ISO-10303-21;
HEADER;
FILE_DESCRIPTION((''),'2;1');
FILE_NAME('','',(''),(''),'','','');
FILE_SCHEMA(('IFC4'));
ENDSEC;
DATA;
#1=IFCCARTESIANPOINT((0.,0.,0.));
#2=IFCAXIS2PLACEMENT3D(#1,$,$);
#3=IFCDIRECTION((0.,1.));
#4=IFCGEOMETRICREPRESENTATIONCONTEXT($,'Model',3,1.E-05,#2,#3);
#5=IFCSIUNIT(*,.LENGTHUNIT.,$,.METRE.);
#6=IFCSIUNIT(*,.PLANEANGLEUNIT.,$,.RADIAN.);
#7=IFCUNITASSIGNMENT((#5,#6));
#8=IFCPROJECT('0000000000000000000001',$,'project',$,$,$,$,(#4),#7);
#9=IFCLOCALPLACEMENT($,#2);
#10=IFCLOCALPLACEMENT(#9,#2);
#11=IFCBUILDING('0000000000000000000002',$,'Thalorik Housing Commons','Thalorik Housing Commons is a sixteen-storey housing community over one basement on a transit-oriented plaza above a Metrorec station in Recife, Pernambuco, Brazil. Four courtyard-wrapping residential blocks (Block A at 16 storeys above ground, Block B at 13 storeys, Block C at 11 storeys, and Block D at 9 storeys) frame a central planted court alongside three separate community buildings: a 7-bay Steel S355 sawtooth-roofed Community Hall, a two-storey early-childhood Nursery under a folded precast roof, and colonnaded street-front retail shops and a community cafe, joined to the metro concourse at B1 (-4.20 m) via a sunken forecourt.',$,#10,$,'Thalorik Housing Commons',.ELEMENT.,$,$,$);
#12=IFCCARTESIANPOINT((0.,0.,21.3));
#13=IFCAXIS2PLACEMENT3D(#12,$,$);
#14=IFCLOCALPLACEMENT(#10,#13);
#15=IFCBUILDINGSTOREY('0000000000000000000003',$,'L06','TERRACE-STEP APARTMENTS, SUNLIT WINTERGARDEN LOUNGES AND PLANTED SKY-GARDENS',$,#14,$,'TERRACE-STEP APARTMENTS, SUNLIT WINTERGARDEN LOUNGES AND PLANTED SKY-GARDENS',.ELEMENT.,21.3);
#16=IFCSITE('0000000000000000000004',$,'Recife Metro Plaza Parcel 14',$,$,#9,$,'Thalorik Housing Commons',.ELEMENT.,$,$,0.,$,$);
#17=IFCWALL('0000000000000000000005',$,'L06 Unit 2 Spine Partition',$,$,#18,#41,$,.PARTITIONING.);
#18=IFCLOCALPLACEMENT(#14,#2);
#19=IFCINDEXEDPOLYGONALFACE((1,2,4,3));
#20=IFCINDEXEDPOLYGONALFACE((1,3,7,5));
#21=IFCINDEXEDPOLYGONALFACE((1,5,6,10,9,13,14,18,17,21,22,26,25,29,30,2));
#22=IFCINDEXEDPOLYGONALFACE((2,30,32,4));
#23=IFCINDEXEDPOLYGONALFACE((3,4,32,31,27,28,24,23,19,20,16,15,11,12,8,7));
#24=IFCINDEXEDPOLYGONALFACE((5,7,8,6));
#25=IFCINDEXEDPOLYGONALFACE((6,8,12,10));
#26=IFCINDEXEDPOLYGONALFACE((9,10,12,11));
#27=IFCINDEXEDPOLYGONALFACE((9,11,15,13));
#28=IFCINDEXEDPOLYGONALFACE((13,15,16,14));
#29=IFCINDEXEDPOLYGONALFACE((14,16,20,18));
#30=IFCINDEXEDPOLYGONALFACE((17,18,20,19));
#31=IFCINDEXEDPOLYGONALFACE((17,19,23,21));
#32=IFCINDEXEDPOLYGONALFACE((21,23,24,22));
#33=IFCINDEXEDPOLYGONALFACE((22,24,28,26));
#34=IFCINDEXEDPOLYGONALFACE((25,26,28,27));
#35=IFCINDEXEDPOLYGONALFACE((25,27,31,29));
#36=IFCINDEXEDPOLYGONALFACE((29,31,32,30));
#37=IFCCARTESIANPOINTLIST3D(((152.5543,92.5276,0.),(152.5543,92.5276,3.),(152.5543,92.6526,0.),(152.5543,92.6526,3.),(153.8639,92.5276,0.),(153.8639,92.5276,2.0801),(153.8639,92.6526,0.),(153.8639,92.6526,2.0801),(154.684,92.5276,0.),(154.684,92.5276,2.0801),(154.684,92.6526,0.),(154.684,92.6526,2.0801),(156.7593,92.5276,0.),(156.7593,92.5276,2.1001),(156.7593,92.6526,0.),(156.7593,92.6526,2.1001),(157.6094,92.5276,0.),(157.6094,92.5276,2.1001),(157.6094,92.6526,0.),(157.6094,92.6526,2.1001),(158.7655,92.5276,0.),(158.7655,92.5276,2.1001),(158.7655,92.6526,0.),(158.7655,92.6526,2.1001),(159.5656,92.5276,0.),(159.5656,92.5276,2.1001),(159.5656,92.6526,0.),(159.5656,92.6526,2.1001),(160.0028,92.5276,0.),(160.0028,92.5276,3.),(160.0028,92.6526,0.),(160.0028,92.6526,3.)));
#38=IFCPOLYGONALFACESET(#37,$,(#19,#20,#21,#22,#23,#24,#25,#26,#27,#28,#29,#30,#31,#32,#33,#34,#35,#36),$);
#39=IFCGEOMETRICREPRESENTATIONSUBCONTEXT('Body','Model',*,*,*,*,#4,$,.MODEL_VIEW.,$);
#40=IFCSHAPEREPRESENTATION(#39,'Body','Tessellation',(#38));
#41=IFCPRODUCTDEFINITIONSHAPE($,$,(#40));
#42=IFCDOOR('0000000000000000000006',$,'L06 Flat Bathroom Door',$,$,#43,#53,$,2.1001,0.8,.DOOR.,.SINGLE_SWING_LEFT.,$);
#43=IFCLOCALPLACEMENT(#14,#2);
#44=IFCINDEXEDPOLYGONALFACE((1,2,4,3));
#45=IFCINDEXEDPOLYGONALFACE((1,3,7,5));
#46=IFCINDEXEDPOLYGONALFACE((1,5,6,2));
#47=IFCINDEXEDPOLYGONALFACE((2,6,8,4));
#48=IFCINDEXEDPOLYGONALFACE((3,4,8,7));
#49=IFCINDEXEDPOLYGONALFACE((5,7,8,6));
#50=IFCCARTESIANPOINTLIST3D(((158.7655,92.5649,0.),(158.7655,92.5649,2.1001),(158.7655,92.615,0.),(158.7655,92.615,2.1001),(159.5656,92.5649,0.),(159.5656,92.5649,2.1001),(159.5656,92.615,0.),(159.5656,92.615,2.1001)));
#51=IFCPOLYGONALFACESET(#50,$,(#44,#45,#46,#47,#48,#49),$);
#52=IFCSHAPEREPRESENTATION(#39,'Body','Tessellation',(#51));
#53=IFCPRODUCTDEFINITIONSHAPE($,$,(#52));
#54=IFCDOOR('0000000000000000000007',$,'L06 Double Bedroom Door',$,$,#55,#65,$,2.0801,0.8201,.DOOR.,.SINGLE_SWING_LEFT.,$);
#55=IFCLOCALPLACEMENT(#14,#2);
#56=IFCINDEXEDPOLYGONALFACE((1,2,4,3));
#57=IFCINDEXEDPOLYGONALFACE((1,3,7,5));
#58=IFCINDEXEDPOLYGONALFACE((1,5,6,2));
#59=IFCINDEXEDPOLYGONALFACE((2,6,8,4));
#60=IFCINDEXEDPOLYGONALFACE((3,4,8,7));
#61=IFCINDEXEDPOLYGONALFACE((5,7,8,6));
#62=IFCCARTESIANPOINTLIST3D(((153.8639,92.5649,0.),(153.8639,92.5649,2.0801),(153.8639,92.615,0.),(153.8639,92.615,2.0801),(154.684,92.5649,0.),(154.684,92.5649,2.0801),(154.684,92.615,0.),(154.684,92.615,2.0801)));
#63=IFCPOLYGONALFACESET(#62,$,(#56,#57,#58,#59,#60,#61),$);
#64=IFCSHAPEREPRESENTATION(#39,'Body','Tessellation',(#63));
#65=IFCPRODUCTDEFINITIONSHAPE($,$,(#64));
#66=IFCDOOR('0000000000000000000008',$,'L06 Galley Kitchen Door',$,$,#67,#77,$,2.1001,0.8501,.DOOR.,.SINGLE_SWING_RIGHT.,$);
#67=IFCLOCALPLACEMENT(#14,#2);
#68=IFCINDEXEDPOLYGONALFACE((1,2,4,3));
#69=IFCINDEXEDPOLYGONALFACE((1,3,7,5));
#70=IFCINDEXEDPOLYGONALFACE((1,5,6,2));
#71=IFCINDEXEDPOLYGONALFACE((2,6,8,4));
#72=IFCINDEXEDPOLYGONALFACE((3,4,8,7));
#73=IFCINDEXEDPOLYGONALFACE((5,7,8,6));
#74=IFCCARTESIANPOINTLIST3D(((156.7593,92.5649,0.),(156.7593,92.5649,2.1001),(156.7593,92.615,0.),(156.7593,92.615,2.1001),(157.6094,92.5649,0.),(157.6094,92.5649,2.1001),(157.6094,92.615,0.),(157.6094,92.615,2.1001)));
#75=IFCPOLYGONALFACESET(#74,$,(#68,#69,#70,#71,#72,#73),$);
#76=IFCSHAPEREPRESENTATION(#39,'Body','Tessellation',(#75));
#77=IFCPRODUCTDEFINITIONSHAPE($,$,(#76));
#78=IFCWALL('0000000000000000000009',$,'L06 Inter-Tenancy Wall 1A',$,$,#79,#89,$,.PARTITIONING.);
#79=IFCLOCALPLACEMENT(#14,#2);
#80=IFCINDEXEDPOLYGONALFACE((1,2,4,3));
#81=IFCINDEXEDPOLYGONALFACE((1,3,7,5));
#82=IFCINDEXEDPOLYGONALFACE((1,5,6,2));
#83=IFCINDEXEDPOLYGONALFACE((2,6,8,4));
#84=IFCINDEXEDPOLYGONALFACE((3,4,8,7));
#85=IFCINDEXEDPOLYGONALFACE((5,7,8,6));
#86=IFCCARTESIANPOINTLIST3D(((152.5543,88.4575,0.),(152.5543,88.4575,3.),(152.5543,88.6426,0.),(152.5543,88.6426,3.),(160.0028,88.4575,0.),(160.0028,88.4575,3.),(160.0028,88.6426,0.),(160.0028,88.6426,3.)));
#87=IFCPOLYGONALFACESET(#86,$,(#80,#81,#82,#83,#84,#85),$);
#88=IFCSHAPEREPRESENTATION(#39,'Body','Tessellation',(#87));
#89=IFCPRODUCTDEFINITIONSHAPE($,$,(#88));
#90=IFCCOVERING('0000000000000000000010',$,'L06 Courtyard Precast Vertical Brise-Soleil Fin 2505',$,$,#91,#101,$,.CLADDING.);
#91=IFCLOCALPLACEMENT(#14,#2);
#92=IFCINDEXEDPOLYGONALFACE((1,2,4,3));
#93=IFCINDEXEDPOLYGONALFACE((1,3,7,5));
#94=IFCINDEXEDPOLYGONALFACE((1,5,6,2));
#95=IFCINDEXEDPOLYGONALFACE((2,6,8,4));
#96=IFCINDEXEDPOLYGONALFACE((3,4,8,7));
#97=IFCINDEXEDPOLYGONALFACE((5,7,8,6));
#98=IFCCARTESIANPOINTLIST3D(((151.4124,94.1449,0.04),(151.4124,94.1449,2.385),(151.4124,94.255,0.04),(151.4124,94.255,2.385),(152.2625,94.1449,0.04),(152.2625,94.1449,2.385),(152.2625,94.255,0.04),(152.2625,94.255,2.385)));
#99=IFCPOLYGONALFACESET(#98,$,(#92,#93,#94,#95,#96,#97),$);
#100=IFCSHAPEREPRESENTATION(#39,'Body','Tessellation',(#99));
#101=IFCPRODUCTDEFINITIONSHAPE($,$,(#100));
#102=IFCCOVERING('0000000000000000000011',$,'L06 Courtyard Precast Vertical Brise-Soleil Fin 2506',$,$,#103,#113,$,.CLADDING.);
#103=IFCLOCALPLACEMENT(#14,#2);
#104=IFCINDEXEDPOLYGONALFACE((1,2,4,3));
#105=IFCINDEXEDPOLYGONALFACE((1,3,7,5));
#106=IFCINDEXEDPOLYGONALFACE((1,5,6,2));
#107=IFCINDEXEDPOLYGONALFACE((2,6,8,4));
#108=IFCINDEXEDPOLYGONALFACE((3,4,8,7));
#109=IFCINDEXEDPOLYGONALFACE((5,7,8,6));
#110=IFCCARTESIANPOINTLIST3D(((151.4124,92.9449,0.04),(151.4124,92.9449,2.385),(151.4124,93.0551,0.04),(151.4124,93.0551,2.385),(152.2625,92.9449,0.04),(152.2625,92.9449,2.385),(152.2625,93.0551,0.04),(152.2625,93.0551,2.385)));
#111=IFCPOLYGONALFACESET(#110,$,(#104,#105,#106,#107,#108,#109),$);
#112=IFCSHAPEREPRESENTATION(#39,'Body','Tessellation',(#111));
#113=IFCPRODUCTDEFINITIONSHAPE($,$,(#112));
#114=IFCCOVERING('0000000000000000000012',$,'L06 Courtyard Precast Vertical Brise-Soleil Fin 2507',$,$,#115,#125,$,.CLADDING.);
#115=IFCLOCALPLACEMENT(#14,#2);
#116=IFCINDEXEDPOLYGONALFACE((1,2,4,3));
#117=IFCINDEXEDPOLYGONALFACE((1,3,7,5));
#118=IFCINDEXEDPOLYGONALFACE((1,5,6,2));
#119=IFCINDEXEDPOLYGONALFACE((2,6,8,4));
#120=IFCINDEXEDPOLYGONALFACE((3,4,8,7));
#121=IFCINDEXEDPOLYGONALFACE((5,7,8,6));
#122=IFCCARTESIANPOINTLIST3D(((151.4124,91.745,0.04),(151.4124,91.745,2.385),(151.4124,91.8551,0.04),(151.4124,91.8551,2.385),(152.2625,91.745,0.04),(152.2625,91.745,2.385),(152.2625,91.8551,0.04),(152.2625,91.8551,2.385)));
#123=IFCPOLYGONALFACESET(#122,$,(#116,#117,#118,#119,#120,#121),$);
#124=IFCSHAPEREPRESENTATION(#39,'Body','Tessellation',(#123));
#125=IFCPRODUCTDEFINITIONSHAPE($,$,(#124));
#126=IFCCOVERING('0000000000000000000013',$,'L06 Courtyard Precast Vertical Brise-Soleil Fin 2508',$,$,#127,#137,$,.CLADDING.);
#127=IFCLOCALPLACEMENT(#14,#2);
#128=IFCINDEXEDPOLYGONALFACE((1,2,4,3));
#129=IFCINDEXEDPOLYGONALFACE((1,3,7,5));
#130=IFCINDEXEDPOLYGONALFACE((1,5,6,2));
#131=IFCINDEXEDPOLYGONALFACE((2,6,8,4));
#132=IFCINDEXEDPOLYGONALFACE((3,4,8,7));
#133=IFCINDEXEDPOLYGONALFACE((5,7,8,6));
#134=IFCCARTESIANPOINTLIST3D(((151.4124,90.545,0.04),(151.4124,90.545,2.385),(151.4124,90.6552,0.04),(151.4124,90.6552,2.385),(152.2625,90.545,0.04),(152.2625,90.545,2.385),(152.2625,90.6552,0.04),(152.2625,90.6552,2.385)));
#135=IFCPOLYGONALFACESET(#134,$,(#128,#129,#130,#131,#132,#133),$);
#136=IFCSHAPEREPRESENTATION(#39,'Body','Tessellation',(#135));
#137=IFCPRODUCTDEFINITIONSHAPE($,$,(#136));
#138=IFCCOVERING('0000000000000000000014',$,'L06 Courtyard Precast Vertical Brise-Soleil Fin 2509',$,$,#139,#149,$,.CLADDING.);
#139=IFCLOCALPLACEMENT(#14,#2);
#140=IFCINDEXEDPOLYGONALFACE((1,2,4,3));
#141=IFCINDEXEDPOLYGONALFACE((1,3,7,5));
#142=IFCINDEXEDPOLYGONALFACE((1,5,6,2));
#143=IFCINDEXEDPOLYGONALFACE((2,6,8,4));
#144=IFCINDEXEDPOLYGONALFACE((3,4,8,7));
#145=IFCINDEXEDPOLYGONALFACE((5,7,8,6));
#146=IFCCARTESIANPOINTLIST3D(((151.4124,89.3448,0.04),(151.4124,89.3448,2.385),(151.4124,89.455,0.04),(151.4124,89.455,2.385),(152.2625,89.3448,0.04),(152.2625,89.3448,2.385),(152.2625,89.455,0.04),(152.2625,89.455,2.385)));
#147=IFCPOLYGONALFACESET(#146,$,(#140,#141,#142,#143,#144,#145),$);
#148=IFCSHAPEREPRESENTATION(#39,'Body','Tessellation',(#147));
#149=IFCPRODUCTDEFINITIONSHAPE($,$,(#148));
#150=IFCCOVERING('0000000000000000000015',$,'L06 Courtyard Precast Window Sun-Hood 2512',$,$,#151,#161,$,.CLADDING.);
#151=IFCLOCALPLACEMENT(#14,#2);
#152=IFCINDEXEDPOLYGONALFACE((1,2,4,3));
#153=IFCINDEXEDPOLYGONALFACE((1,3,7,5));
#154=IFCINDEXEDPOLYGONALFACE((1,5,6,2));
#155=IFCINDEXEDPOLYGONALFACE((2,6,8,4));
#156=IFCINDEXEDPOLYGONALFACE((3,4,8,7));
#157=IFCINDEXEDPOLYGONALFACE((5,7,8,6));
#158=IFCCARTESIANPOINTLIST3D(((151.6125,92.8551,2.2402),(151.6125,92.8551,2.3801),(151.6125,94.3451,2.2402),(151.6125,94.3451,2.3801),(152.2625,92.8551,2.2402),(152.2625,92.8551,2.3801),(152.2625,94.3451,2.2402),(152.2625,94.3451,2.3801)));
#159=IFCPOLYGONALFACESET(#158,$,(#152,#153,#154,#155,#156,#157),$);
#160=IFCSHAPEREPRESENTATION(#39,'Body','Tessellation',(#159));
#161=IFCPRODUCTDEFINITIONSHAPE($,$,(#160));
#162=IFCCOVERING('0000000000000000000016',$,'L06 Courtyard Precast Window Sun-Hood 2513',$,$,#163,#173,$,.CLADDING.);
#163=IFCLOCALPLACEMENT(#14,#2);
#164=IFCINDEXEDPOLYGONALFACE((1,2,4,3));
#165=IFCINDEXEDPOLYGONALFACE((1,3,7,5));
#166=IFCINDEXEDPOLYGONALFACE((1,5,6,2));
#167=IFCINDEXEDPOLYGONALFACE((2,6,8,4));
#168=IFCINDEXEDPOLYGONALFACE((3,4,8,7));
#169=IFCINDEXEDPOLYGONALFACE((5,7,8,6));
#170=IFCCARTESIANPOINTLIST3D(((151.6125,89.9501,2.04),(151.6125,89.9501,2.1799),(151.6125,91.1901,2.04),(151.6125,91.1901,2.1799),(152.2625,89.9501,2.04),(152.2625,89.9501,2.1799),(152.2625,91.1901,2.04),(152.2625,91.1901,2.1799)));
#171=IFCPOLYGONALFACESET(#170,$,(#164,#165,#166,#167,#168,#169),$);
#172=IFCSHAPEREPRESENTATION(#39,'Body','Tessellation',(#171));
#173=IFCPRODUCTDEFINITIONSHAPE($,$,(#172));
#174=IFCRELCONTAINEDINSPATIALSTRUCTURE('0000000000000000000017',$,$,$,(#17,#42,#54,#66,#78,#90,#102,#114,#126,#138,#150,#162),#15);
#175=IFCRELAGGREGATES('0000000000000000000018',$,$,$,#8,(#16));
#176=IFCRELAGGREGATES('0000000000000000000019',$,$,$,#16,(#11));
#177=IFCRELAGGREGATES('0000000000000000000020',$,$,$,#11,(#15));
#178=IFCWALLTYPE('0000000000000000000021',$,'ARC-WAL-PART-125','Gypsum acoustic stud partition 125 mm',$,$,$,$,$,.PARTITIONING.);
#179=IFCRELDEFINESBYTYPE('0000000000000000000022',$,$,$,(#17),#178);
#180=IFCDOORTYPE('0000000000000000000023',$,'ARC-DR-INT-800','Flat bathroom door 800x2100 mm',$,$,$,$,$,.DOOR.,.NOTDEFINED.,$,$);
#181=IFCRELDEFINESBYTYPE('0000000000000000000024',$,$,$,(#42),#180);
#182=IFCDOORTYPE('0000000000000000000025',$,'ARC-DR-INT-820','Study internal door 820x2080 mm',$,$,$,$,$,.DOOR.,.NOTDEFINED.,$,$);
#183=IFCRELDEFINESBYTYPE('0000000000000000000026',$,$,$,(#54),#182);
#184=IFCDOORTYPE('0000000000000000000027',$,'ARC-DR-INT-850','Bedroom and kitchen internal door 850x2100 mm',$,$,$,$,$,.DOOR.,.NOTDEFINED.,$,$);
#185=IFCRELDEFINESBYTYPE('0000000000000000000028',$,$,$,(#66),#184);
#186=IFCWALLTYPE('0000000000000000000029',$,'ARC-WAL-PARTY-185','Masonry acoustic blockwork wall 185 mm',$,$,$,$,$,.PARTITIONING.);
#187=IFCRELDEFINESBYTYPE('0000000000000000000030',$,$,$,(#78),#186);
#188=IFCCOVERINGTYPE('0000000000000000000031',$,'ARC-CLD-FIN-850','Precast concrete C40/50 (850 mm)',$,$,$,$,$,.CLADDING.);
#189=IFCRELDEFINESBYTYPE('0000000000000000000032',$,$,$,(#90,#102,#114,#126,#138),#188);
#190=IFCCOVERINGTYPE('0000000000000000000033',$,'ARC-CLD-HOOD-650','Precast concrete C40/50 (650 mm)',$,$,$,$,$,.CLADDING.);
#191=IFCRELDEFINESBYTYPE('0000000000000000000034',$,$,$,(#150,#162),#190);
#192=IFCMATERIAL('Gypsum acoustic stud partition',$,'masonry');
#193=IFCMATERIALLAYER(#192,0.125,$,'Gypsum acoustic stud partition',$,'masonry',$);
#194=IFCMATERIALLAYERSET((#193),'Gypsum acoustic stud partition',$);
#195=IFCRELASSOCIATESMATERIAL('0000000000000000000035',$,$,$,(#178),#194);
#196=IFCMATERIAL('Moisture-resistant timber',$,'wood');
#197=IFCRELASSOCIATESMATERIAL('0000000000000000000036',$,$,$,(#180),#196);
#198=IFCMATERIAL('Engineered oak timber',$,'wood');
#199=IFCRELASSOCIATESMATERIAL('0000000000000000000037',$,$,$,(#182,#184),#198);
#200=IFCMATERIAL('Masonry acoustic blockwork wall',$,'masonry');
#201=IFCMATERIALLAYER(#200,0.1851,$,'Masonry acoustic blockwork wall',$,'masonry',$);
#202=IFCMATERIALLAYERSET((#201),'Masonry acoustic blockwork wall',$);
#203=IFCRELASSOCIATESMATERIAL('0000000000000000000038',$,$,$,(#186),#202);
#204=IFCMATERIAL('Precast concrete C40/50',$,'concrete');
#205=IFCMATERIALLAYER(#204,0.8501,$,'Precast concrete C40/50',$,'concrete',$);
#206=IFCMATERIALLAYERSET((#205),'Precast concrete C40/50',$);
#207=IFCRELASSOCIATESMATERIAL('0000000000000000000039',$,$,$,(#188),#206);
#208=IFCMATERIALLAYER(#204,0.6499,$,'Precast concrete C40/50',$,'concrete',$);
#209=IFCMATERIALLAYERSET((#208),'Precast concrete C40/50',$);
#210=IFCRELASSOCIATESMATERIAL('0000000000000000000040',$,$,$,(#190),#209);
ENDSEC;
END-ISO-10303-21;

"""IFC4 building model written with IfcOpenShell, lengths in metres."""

from ifc_helpers import new_model, si_unit, direction, frame, frame_2d, origin, origin_2d, place, context, subcontext, project, spatial, rectangle, extrude, material, layer, layer_set, type_object, element, fill, save


model = new_model("IFC4")

# Units and contexts
model_context = context("Model", 3, precision=1e-05, world=origin(), true_north=direction((0.0, 1.0)))
body_context = subcontext(model_context, "Body", "Model", "MODEL_VIEW")
ifc_project = project(units=[si_unit("LENGTHUNIT", "METRE"), si_unit("PLANEANGLEUNIT", "RADIAN")], contexts=[model_context])

# Site, building, storey
site_placement = place(None, origin())
site = spatial("IfcSite", under=ifc_project, at=site_placement, Name="Recife Metro Plaza Parcel 14", LongName="Thalorik Housing Commons", CompositionType="ELEMENT", RefElevation=0.0)
building_placement = place(site_placement, origin())
building = spatial("IfcBuilding", under=site, at=building_placement, Name="Thalorik Housing Commons", Description="Thalorik Housing Commons is a sixteen-storey housing community over one basement on a transit-oriented plaza above a Metrorec station in Recife, Pernambuco, Brazil. Four courtyard-wrapping residential blocks (Block A at 16 storeys above ground, Block B at 13 storeys, Block C at 11 storeys, and Block D at 9 storeys) frame a central planted court alongside three separate community buildings: a 7-bay Steel S355 sawtooth-roofed Community Hall, a two-storey early-childhood Nursery under a folded precast roof, and colonnaded street-front retail shops and a community cafe, joined to the metro concourse at B1 (-4.20 m) via a sunken forecourt.", LongName="Thalorik Housing Commons", CompositionType="ELEMENT")
storey_placement = place(building_placement, frame((0.0, 0.0, 21.3)))
storey = spatial("IfcBuildingStorey", under=building, at=storey_placement, Name="L06", Description="TERRACE-STEP APARTMENTS, SUNLIT WINTERGARDEN LOUNGES AND PLANTED SKY-GARDENS", LongName="TERRACE-STEP APARTMENTS, SUNLIT WINTERGARDEN LOUNGES AND PLANTED SKY-GARDENS", CompositionType="ELEMENT", Elevation=21.3)

# Shared definitions
ifc_material_1 = material(Name="Precast concrete C40/50", Category="concrete")

# Wall, openings, doors
ifc_material_2 = material(Name="Gypsum acoustic stud partition", Category="masonry")
ifc_layer_1 = layer(ifc_material_2, 0.125, Name="Gypsum acoustic stud partition", Category="masonry")
ifc_layer_set_1 = layer_set([ifc_layer_1], Name="Gypsum acoustic stud partition")
wall_type_1 = type_object("IfcWallType", Name="ARC-WAL-PART-125", Description="Gypsum acoustic stud partition 125 mm", PredefinedType="PARTITIONING", material=ifc_layer_set_1)
wall_1_placement = place(storey_placement, frame((152.5544, 92.5901, 0.0), z_axis=(0.0, 0.0, 1.0), x_axis=(1.0, 0.0, 0.0)))
wall_1 = element("IfcWall", 1, at=wall_1_placement, inside=storey, type_object=wall_type_1, Name="L06 Unit 2 Spine Partition", PredefinedType="PARTITIONING", context=body_context, shape_type="SweptSolid", body=[
    extrude(rectangle(XDim=7.4485, YDim=0.125, at=frame_2d((3.7241, 0.0))), origin(), (0.0, 0.0, 1.0), 3.0),
])
opening_1_placement = place(wall_1_placement, frame((1.3093, 0.0, 0.0)))
opening_1 = element("IfcOpeningElement", 2, at=opening_1_placement, cuts=wall_1, PredefinedType="OPENING", context=body_context, shape_type="SweptSolid", body=[
    extrude(rectangle(XDim=0.8201, YDim=2.0801, at=frame_2d((0.4102, 1.04))), frame((0.0, 0.0725, 0.0), z_axis=(0.0, -1.0, 0.0), x_axis=(1.0, 0.0, 0.0)), (0.0, 0.0, 1.0), 0.145),
])
opening_2_placement = place(wall_1_placement, frame((4.2048, 0.0, 0.0)))
opening_2 = element("IfcOpeningElement", 3, at=opening_2_placement, cuts=wall_1, PredefinedType="OPENING", context=body_context, shape_type="SweptSolid", body=[
    extrude(rectangle(XDim=0.8501, YDim=2.1001, at=frame_2d((0.425, 1.05))), frame((0.0, 0.0725, 0.0), z_axis=(0.0, -1.0, 0.0), x_axis=(1.0, 0.0, 0.0)), (0.0, 0.0, 1.0), 0.145),
])
opening_3_placement = place(wall_1_placement, frame((6.2112, 0.0, 0.0)))
opening_3 = element("IfcOpeningElement", 4, at=opening_3_placement, cuts=wall_1, PredefinedType="OPENING", context=body_context, shape_type="SweptSolid", body=[
    extrude(rectangle(XDim=0.8, YDim=2.1001, at=frame_2d((0.3999, 1.05))), frame((0.0, 0.0725, 0.0), z_axis=(0.0, -1.0, 0.0), x_axis=(1.0, 0.0, 0.0)), (0.0, 0.0, 1.0), 0.145),
])
ifc_material_3 = material(Name="Moisture-resistant timber", Category="wood")
door_type_1 = type_object("IfcDoorType", Name="ARC-DR-INT-800", Description="Flat bathroom door 800x2100 mm", OperationType="NOTDEFINED", PredefinedType="DOOR", material=ifc_material_3)
door_1_placement = place(opening_3_placement, origin())
door_1 = element("IfcDoor", 5, at=door_1_placement, inside=storey, type_object=door_type_1, Name="L06 Flat Bathroom Door", OperationType="SINGLE_SWING_LEFT", OverallHeight=2.1001, OverallWidth=0.8, PredefinedType="DOOR", context=body_context, shape_type="SweptSolid", body=[
    extrude(rectangle(XDim=0.8, YDim=2.1001, at=frame_2d((0.3999, 1.05))), frame((0.0, 0.0249, 0.0), z_axis=(0.0, -1.0, 0.0), x_axis=(1.0, 0.0, 0.0)), (0.0, 0.0, 1.0), 0.05),
])
fill(opening_3, door_1)
ifc_material_4 = material(Name="Engineered oak timber", Category="wood")
door_type_2 = type_object("IfcDoorType", Name="ARC-DR-INT-820", Description="Study internal door 820x2080 mm", OperationType="NOTDEFINED", PredefinedType="DOOR", material=ifc_material_4)
door_2_placement = place(opening_1_placement, origin())
door_2 = element("IfcDoor", 6, at=door_2_placement, inside=storey, type_object=door_type_2, Name="L06 Double Bedroom Door", OperationType="SINGLE_SWING_LEFT", OverallHeight=2.0801, OverallWidth=0.8201, PredefinedType="DOOR", context=body_context, shape_type="SweptSolid", body=[
    extrude(rectangle(XDim=0.8201, YDim=2.0801, at=frame_2d((0.4102, 1.04))), frame((0.0, 0.0249, 0.0), z_axis=(0.0, -1.0, 0.0), x_axis=(1.0, 0.0, 0.0)), (0.0, 0.0, 1.0), 0.05),
])
fill(opening_1, door_2)
door_type_3 = type_object("IfcDoorType", Name="ARC-DR-INT-850", Description="Bedroom and kitchen internal door 850x2100 mm", OperationType="NOTDEFINED", PredefinedType="DOOR", material=ifc_material_4)
door_3_placement = place(opening_2_placement, origin())
door_3 = element("IfcDoor", 7, at=door_3_placement, inside=storey, type_object=door_type_3, Name="L06 Galley Kitchen Door", OperationType="SINGLE_SWING_RIGHT", OverallHeight=2.1001, OverallWidth=0.8501, PredefinedType="DOOR", context=body_context, shape_type="SweptSolid", body=[
    extrude(rectangle(XDim=0.8501, YDim=2.1001, at=frame_2d((0.425, 1.05))), frame((0.0, 0.0249, 0.0), z_axis=(0.0, -1.0, 0.0), x_axis=(1.0, 0.0, 0.0)), (0.0, 0.0, 1.0), 0.05),
])
fill(opening_2, door_3)

# Wall
ifc_material_5 = material(Name="Masonry acoustic blockwork wall", Category="masonry")
ifc_layer_2 = layer(ifc_material_5, 0.1851, Name="Masonry acoustic blockwork wall", Category="masonry")
ifc_layer_set_2 = layer_set([ifc_layer_2], Name="Masonry acoustic blockwork wall")
wall_type_2 = type_object("IfcWallType", Name="ARC-WAL-PARTY-185", Description="Masonry acoustic blockwork wall 185 mm", PredefinedType="PARTITIONING", material=ifc_layer_set_2)
wall_2_placement = place(storey_placement, frame((152.5544, 88.55, 0.0), z_axis=(0.0, 0.0, 1.0), x_axis=(1.0, 0.0, 0.0)))
element("IfcWall", 8, at=wall_2_placement, inside=storey, type_object=wall_type_2, Name="L06 Inter-Tenancy Wall 1A", PredefinedType="PARTITIONING", context=body_context, shape_type="SweptSolid", body=[
    extrude(rectangle(XDim=7.4485, YDim=0.1851, at=frame_2d((3.7241, 0.0))), origin(), (0.0, 0.0, 1.0), 3.0),
])

# Coverings
ifc_layer_3 = layer(ifc_material_1, 0.8501, Name="Precast concrete C40/50", Category="concrete")
ifc_layer_set_3 = layer_set([ifc_layer_3], Name="Precast concrete C40/50")
covering_type_1 = type_object("IfcCoveringType", Name="ARC-CLD-FIN-850", Description="Precast concrete C40/50 (850 mm)", PredefinedType="CLADDING", material=ifc_layer_set_3)
for number, where, z_axis, x_axis, name in (
    (9, (151.8374, 94.2, 0.04), (0.0, 0.0, 1.0), (0.0, -1.0, 0.0), "L06 Courtyard Precast Vertical Brise-Soleil Fin 2505"),
    (10, (151.8374, 93.0, 0.04), (0.0, 0.0, 1.0), (0.0, -1.0, 0.0), "L06 Courtyard Precast Vertical Brise-Soleil Fin 2506"),
    (11, (151.8374, 91.8, 0.04), (0.0, 0.0, 1.0), (0.0, -1.0, 0.0), "L06 Courtyard Precast Vertical Brise-Soleil Fin 2507"),
    (12, (151.8374, 90.6001, 0.04), (0.0, 0.0, 1.0), (0.0, -1.0, 0.0), "L06 Courtyard Precast Vertical Brise-Soleil Fin 2508"),
    (13, (151.8374, 89.3999, 0.04), (0.0, 0.0, 1.0), (0.0, -1.0, 0.0), "L06 Courtyard Precast Vertical Brise-Soleil Fin 2509"),
):
    element("IfcCovering", number, at=place(storey_placement, frame(where, z_axis=z_axis, x_axis=x_axis)), inside=storey, type_object=covering_type_1, Name=name, PredefinedType="CLADDING", context=body_context, shape_type="SweptSolid", body=[
        extrude(rectangle(XDim=0.1101, YDim=0.8501, at=origin_2d()), origin(), (0.0, 0.0, 1.0), 2.345),
    ])
ifc_layer_4 = layer(ifc_material_1, 0.6499, Name="Precast concrete C40/50", Category="concrete")
ifc_layer_set_4 = layer_set([ifc_layer_4], Name="Precast concrete C40/50")
covering_type_2 = type_object("IfcCoveringType", Name="ARC-CLD-HOOD-650", Description="Precast concrete C40/50 (650 mm)", PredefinedType="CLADDING", material=ifc_layer_set_4)
covering_1_placement = place(storey_placement, frame((151.9375, 93.6001, 2.2402), z_axis=(0.0, 0.0, 1.0), x_axis=(0.0, -1.0, 0.0)))
element("IfcCovering", 14, at=covering_1_placement, inside=storey, type_object=covering_type_2, Name="L06 Courtyard Precast Window Sun-Hood 2512", PredefinedType="CLADDING", context=body_context, shape_type="SweptSolid", body=[
    extrude(rectangle(XDim=1.49, YDim=0.6499, at=origin_2d()), origin(), (0.0, 0.0, 1.0), 0.1399),
])
covering_2_placement = place(storey_placement, frame((151.9375, 90.5701, 2.04), z_axis=(0.0, 0.0, 1.0), x_axis=(0.0, -1.0, 0.0)))
element("IfcCovering", 15, at=covering_2_placement, inside=storey, type_object=covering_type_2, Name="L06 Courtyard Precast Window Sun-Hood 2513", PredefinedType="CLADDING", context=body_context, shape_type="SweptSolid", body=[
    extrude(rectangle(XDim=1.24, YDim=0.6499, at=origin_2d()), origin(), (0.0, 0.0, 1.0), 0.1399),
])

save(model, "model.ifc")
